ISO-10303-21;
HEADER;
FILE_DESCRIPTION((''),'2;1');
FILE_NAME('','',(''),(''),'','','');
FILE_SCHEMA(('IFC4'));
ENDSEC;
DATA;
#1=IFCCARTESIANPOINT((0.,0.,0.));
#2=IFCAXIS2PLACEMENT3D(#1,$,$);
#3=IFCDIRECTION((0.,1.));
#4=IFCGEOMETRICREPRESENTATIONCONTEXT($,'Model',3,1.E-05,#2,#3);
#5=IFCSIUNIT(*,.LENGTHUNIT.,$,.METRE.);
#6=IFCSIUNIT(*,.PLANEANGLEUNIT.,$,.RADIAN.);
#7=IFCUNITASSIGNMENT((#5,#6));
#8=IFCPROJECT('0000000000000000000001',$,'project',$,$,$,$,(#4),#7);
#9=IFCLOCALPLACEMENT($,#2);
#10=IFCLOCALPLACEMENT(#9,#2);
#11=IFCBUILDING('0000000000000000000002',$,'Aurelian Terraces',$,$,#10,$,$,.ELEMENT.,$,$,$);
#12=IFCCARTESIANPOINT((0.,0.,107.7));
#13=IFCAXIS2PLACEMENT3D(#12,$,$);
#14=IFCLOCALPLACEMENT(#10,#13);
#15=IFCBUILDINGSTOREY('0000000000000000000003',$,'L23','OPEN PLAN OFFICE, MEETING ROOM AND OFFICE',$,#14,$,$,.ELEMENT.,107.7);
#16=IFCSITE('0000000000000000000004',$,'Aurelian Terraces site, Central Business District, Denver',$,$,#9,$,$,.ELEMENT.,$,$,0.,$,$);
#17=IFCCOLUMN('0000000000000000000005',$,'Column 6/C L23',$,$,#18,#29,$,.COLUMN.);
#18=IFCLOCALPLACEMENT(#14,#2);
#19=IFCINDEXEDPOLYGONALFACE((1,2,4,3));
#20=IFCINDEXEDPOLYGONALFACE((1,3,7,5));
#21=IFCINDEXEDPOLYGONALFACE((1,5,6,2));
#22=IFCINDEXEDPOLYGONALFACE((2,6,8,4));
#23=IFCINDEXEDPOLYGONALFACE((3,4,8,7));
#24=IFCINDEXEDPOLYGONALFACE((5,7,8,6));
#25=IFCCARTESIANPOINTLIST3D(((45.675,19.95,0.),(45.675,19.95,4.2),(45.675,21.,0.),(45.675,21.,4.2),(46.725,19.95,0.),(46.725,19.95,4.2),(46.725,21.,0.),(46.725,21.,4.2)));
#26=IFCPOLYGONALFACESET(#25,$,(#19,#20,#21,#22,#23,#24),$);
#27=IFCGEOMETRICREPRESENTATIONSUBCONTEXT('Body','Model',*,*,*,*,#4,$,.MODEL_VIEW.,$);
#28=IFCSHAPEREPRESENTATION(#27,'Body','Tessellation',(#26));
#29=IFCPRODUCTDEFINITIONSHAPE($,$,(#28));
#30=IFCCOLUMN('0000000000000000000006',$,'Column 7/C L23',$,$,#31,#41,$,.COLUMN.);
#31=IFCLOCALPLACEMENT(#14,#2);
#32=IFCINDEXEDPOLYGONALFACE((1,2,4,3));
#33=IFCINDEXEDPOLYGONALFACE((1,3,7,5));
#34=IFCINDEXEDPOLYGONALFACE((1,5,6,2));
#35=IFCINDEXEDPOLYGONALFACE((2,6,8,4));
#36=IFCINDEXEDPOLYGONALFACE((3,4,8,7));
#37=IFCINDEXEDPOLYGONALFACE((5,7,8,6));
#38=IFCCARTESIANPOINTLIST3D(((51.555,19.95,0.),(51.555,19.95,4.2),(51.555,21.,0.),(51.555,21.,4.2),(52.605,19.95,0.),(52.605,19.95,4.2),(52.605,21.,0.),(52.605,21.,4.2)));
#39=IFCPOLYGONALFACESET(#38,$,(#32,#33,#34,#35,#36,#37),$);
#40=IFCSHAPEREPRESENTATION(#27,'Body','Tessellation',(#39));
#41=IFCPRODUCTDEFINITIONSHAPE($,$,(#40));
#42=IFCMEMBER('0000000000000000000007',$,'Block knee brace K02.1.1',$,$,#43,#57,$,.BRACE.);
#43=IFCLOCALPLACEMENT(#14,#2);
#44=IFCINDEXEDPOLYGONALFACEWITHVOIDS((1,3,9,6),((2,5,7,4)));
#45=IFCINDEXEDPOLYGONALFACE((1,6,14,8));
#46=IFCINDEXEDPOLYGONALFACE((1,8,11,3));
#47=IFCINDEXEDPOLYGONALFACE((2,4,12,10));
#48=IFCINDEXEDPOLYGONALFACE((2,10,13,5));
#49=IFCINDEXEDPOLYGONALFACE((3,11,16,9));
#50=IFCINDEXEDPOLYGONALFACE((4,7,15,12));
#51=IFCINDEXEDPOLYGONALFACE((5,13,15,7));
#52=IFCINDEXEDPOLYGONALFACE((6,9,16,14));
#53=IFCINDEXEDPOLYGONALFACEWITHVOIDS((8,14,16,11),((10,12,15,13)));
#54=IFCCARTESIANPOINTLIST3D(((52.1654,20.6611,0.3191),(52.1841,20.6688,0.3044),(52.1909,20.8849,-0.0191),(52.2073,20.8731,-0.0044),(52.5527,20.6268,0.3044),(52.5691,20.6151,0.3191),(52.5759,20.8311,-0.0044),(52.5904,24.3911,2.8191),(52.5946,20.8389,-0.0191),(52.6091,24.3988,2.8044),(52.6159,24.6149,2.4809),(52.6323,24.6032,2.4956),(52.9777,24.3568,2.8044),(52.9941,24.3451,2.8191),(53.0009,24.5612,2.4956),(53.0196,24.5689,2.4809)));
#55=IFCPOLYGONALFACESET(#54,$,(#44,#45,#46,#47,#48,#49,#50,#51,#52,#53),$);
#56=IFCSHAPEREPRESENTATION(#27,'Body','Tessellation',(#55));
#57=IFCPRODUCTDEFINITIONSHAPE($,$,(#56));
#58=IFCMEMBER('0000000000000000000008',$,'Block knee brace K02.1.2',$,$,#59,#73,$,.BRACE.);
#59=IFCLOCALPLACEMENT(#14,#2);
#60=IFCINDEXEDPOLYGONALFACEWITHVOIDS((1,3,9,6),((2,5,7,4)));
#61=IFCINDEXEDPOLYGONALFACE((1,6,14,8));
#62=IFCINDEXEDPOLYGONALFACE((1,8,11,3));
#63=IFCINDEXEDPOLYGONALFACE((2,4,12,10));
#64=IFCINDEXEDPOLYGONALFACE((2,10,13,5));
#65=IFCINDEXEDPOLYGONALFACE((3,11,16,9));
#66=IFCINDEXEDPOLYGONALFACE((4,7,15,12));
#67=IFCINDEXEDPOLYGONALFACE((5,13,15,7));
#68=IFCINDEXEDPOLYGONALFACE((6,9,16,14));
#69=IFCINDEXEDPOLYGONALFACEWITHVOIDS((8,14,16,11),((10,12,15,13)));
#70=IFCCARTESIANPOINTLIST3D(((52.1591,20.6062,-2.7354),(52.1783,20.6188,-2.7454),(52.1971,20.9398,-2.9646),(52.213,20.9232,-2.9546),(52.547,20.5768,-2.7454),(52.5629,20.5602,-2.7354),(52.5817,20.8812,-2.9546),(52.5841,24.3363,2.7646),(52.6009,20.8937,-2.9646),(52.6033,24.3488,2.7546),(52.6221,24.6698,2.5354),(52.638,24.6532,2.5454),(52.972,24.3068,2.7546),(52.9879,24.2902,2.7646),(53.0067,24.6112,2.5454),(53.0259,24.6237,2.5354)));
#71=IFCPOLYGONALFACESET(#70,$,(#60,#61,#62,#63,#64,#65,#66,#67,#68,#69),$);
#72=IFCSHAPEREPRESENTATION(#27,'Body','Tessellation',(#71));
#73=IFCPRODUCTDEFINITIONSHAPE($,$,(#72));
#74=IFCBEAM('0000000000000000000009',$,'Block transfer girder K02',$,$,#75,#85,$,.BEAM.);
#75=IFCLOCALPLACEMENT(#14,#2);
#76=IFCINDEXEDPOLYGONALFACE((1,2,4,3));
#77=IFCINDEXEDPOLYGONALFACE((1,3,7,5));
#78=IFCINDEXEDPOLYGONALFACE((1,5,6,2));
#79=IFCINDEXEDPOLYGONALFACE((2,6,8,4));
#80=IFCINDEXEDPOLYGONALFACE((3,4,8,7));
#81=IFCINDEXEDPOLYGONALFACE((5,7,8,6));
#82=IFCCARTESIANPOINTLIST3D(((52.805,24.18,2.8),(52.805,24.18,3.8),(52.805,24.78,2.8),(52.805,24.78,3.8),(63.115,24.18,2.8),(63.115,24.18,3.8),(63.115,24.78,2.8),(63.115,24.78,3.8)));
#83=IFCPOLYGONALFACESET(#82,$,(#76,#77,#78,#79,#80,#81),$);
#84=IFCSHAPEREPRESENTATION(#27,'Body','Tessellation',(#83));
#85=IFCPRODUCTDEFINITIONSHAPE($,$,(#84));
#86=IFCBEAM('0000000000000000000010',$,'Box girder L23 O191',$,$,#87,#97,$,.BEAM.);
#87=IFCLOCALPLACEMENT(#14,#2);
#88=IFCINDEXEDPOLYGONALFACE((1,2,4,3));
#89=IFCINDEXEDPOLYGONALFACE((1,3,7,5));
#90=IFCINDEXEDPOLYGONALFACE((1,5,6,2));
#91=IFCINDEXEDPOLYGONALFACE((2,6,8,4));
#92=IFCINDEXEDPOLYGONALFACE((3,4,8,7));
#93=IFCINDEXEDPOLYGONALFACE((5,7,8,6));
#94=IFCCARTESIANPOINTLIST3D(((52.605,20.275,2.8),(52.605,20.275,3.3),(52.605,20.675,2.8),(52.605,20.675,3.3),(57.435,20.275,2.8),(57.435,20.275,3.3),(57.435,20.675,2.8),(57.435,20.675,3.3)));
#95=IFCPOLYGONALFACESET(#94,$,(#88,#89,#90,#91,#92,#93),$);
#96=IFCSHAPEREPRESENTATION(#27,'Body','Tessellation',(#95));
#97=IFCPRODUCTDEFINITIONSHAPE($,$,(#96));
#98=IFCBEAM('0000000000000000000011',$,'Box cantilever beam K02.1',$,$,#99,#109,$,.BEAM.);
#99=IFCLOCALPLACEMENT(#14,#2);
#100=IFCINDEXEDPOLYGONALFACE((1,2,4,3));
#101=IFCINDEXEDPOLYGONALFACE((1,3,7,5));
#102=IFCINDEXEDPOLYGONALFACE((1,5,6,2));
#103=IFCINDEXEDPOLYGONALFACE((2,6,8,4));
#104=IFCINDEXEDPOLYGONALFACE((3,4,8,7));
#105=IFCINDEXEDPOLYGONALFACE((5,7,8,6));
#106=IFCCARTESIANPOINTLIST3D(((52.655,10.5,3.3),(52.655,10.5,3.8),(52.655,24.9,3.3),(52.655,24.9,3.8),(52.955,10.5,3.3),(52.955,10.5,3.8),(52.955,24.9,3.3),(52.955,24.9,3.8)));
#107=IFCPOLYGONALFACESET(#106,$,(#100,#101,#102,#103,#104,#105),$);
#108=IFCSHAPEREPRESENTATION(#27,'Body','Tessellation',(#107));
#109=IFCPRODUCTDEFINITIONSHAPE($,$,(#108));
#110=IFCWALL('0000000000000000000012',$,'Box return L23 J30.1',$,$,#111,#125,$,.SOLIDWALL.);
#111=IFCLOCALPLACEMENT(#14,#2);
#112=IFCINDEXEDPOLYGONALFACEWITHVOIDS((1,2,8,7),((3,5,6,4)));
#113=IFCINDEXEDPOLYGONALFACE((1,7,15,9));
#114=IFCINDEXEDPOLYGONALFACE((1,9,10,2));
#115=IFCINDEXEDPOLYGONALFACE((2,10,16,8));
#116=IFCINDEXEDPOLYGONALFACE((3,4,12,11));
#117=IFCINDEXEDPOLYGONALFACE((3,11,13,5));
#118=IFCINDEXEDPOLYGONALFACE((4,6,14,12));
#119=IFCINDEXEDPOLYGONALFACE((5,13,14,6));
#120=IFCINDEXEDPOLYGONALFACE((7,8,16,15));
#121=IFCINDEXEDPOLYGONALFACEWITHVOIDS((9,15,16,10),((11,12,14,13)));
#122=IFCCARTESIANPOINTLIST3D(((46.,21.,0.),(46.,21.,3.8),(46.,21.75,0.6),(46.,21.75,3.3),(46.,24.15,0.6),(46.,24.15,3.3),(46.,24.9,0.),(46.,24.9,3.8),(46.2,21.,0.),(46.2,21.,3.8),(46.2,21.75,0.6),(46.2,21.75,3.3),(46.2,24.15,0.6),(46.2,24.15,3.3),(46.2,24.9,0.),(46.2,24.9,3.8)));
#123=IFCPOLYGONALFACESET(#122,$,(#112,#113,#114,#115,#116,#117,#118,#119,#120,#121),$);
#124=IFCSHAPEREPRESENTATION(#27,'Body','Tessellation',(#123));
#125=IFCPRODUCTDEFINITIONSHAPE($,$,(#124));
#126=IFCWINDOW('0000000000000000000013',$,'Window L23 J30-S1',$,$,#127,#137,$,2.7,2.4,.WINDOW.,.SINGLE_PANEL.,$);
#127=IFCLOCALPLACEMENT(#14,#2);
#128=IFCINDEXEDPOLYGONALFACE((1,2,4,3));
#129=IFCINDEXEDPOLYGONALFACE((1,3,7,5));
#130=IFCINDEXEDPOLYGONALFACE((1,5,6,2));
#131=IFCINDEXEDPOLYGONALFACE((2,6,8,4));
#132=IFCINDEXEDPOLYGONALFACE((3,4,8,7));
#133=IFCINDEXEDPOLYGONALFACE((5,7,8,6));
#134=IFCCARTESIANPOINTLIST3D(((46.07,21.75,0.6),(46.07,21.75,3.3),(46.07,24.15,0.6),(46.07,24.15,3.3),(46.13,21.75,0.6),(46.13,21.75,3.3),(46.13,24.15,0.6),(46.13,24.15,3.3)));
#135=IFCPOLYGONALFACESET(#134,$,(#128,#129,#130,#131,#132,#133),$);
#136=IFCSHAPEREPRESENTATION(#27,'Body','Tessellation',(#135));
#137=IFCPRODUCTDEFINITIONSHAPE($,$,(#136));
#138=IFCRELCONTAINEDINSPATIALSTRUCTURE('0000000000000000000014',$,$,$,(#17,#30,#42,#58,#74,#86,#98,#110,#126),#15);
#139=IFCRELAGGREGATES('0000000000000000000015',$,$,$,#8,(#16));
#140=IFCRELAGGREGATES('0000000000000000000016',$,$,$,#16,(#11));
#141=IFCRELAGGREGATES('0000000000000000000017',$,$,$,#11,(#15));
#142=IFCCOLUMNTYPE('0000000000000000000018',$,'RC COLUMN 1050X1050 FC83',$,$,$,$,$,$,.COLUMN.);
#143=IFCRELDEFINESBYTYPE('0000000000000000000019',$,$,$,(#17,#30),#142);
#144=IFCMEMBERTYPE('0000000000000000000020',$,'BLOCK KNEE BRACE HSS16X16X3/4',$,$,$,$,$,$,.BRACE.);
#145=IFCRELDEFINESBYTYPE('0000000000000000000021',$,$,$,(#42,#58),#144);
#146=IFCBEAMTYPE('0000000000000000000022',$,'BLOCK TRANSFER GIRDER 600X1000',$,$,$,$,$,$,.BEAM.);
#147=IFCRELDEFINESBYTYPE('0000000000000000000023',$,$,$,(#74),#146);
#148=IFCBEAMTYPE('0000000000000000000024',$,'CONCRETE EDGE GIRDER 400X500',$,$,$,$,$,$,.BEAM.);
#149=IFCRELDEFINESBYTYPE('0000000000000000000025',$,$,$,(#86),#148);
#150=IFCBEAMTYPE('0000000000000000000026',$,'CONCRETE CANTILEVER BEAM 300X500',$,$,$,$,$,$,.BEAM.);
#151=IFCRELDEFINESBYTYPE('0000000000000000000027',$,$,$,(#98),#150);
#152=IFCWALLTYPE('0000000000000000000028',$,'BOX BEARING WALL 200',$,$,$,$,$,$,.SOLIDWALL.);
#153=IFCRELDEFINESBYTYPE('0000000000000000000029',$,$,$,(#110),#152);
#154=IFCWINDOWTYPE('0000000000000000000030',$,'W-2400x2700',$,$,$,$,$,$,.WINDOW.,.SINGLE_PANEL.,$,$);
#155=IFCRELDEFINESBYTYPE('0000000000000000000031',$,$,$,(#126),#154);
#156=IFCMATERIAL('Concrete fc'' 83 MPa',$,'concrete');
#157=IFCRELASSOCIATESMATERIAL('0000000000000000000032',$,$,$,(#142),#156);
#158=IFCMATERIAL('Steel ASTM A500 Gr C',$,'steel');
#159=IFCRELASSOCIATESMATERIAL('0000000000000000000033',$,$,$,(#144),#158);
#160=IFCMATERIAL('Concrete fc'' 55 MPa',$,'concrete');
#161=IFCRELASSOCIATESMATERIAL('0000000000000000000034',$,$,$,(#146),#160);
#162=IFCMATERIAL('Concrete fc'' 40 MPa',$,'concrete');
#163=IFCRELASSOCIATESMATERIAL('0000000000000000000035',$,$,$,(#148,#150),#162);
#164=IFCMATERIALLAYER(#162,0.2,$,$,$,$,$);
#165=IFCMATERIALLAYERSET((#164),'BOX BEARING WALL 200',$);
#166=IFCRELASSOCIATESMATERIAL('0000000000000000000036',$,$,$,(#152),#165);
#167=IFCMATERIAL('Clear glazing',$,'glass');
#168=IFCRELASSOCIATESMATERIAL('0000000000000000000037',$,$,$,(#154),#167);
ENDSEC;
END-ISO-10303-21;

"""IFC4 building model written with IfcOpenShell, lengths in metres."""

from ifc_helpers import new_model, si_unit, direction, frame, frame_2d, origin, origin_2d, place, context, subcontext, project, spatial, rectangle, hollow_rectangle, extrude, source, transform, mapped, material, layer, layer_set, material_profile, profile_set, type_object, element, fill, save


model = new_model("IFC4")

# Units and contexts
model_context = context("Model", 3, precision=1e-05, world=origin(), true_north=direction((0.0, 1.0)))
body_context = subcontext(model_context, "Body", "Model", "MODEL_VIEW")
ifc_project = project(units=[si_unit("LENGTHUNIT", "METRE"), si_unit("PLANEANGLEUNIT", "RADIAN")], contexts=[model_context])

# Site, building, storey
site_placement = place(None, origin())
site = spatial("IfcSite", under=ifc_project, at=site_placement, Name="Aurelian Terraces site, Central Business District, Denver", CompositionType="ELEMENT", RefElevation=0.0)
building_placement = place(site_placement, origin())
building = spatial("IfcBuilding", under=site, at=building_placement, Name="Aurelian Terraces", CompositionType="ELEMENT")
storey_placement = place(building_placement, frame((0.0, 0.0, 107.7)))
storey = spatial("IfcBuildingStorey", under=building, at=storey_placement, Name="L23", Description="OPEN PLAN OFFICE, MEETING ROOM AND OFFICE", CompositionType="ELEMENT", Elevation=107.7)

# Columns
ifc_material_1 = material(Name="Concrete fc' 83 MPa", Category="concrete")
ifc_material_profile_1 = material_profile(ifc_material_1, rectangle(XDim=1.05, YDim=1.05, at=origin_2d()))
ifc_profile_set_1 = profile_set([ifc_material_profile_1], Name="Concrete fc' 83 MPa")
column_type = type_object("IfcColumnType", Name="RC COLUMN 1050X1050 FC83", PredefinedType="COLUMN", material=ifc_profile_set_1)
shared_shape_1 = source(origin(), body_context, "Body", "SweptSolid", [
    extrude(rectangle(XDim=1.05, YDim=1.05, at=origin_2d()), origin(), (0.0, 0.0, 1.0), 4.2),
])
for number, where, z_axis, x_axis, name in (
    (1, (46.2, 20.475, 0.0), (0.0, 0.0, 1.0), (1.0, 0.0, 0.0), "Column 6/C L23"),
    (2, (52.08, 20.475, 0.0), (0.0, 0.0, 1.0), (1.0, 0.0, 0.0), "Column 7/C L23"),
):
    element("IfcColumn", number, at=place(storey_placement, frame(where, z_axis=z_axis, x_axis=x_axis)), inside=storey, type_object=column_type, Name=name, PredefinedType="COLUMN", context=body_context, shape_type="MappedRepresentation", body=[
        mapped(shared_shape_1, transform((0.0, 0.0, 0.0), scale=1.0)),
    ])

# Members
ifc_material_2 = material(Name="Steel ASTM A500 Gr C", Category="steel")
ifc_material_profile_2 = material_profile(ifc_material_2, hollow_rectangle(XDim=0.4064, YDim=0.4064, WallThickness=0.0177, at=origin_2d()))
ifc_profile_set_2 = profile_set([ifc_material_profile_2], Name="Steel ASTM A500 Gr C")
member_type = type_object("IfcMemberType", Name="BLOCK KNEE BRACE HSS16X16X3/4", PredefinedType="BRACE", material=ifc_profile_set_2)
member_1_placement = place(storey_placement, frame((52.805, 24.48, 2.65), z_axis=(-0.094227, -0.826981, -0.554277), x_axis=(0.993571, -0.113209, 0.0)))
element("IfcMember", 3, at=member_1_placement, inside=storey, type_object=member_type, Name="Block knee brace K02.1.1", PredefinedType="BRACE", context=body_context, shape_type="SweptSolid", body=[
    extrude(hollow_rectangle(XDim=0.4064, YDim=0.4064, WallThickness=0.0177, at=origin_2d()), origin(), (0.0, 0.0, 1.0), 4.5104),
])
member_2_placement = place(storey_placement, frame((52.805, 24.48, 2.65), z_axis=(-0.063823, -0.560136, -0.825938), x_axis=(0.993571, -0.113209, 0.0)))
element("IfcMember", 4, at=member_2_placement, inside=storey, type_object=member_type, Name="Block knee brace K02.1.2", PredefinedType="BRACE", context=body_context, shape_type="SweptSolid", body=[
    extrude(hollow_rectangle(XDim=0.4064, YDim=0.4064, WallThickness=0.0177, at=origin_2d()), origin(), (0.0, 0.0, 1.0), 6.6591),
])

# Beams
ifc_material_3 = material(Name="Concrete fc' 55 MPa", Category="concrete")
ifc_material_profile_3 = material_profile(ifc_material_3, rectangle(XDim=0.6, YDim=1.0, at=origin_2d()))
ifc_profile_set_3 = profile_set([ifc_material_profile_3], Name="Concrete fc' 55 MPa")
beam_type_1 = type_object("IfcBeamType", Name="BLOCK TRANSFER GIRDER 600X1000", PredefinedType="BEAM", material=ifc_profile_set_3)
beam_1_placement = place(storey_placement, frame((52.805, 24.48, 3.3), z_axis=(1.0, 0.0, 0.0), x_axis=(0.0, 1.0, 0.0)))
element("IfcBeam", 5, at=beam_1_placement, inside=storey, type_object=beam_type_1, Name="Block transfer girder K02", PredefinedType="BEAM", context=body_context, shape_type="SweptSolid", body=[
    extrude(rectangle(XDim=0.6, YDim=1.0, at=origin_2d()), origin(), (0.0, 0.0, 1.0), 10.31),
])
ifc_material_4 = material(Name="Concrete fc' 40 MPa", Category="concrete")
ifc_material_profile_4 = material_profile(ifc_material_4, rectangle(XDim=0.4, YDim=0.5, at=origin_2d()))
ifc_profile_set_4 = profile_set([ifc_material_profile_4], Name="Concrete fc' 40 MPa")
beam_type_2 = type_object("IfcBeamType", Name="CONCRETE EDGE GIRDER 400X500", PredefinedType="BEAM", material=ifc_profile_set_4)
shared_shape_2 = source(origin(), body_context, "Body", "SweptSolid", [
    extrude(rectangle(XDim=0.4, YDim=0.5, at=origin_2d()), origin(), (0.0, 0.0, 1.0), 4.83),
])
beam_2_placement = place(storey_placement, frame((52.605, 20.475, 3.05), z_axis=(1.0, 0.0, 0.0), x_axis=(0.0, 1.0, 0.0)))
element("IfcBeam", 6, at=beam_2_placement, inside=storey, type_object=beam_type_2, Name="Box girder L23 O191", PredefinedType="BEAM", context=body_context, shape_type="MappedRepresentation", body=[
    mapped(shared_shape_2, transform((0.0, 0.0, 0.0), scale=1.0)),
])
ifc_material_profile_5 = material_profile(ifc_material_4, rectangle(XDim=0.3, YDim=0.5, at=origin_2d()))
ifc_profile_set_5 = profile_set([ifc_material_profile_5], Name="Concrete fc' 40 MPa")
beam_type_3 = type_object("IfcBeamType", Name="CONCRETE CANTILEVER BEAM 300X500", PredefinedType="BEAM", material=ifc_profile_set_5)
shared_shape_3 = source(origin(), body_context, "Body", "SweptSolid", [
    extrude(rectangle(XDim=0.3, YDim=0.5, at=origin_2d()), origin(), (0.0, 0.0, 1.0), 14.4),
])
beam_3_placement = place(storey_placement, frame((52.805, 24.9, 3.55), z_axis=(0.0, -1.0, 0.0), x_axis=(1.0, 0.0, 0.0)))
element("IfcBeam", 7, at=beam_3_placement, inside=storey, type_object=beam_type_3, Name="Box cantilever beam K02.1", PredefinedType="BEAM", context=body_context, shape_type="MappedRepresentation", body=[
    mapped(shared_shape_3, transform((0.0, 0.0, 0.0), scale=1.0)),
])

# Wall, opening, window
ifc_layer_1 = layer(ifc_material_4, 0.2)
ifc_layer_set_1 = layer_set([ifc_layer_1], Name="BOX BEARING WALL 200")
wall_type_1 = type_object("IfcWallType", Name="BOX BEARING WALL 200", PredefinedType="SOLIDWALL", material=ifc_layer_set_1)
shared_shape_4 = source(origin(), body_context, "Body", "SweptSolid", [
    extrude(rectangle(XDim=3.9, YDim=0.2, at=frame_2d((1.95, 0.0))), origin(), (0.0, 0.0, 1.0), 3.8),
])
wall_1_placement = place(storey_placement, frame((46.1, 21.0, 0.0), z_axis=(0.0, 0.0, 1.0), x_axis=(0.0, 1.0, 0.0)))
wall_1 = element("IfcWall", 8, at=wall_1_placement, inside=storey, type_object=wall_type_1, Name="Box return L23 J30.1", PredefinedType="SOLIDWALL", context=body_context, shape_type="MappedRepresentation", body=[
    mapped(shared_shape_4, transform((0.0, 0.0, 0.0), scale=1.0)),
])
shared_shape_5 = source(origin(), body_context, "Body", "SweptSolid", [
    extrude(rectangle(XDim=2.4, YDim=2.7, at=frame_2d((1.2, 1.35))), frame((0.0, 0.11, 0.0), z_axis=(0.0, -1.0, 0.0), x_axis=(1.0, 0.0, 0.0)), (0.0, 0.0, 1.0), 0.22),
])
opening_1_placement = place(wall_1_placement, frame((0.75, 0.0, 0.6)))
opening_1 = element("IfcOpeningElement", 9, at=opening_1_placement, cuts=wall_1, PredefinedType="OPENING", context=body_context, shape_type="MappedRepresentation", body=[
    mapped(shared_shape_5, transform((0.0, 0.0, 0.0), scale=1.0)),
])
ifc_material_5 = material(Name="Clear glazing", Category="glass")
window_type_1 = type_object("IfcWindowType", Name="W-2400x2700", PartitioningType="SINGLE_PANEL", PredefinedType="WINDOW", material=ifc_material_5)
shared_shape_6 = source(origin(), body_context, "Body", "SweptSolid", [
    extrude(rectangle(XDim=2.4, YDim=2.7, at=frame_2d((1.2, 1.35))), frame((0.0, 0.03, 0.0), z_axis=(0.0, -1.0, 0.0), x_axis=(1.0, 0.0, 0.0)), (0.0, 0.0, 1.0), 0.06),
])
window_1_placement = place(opening_1_placement, origin())
window_1 = element("IfcWindow", 10, at=window_1_placement, inside=storey, type_object=window_type_1, Name="Window L23 J30-S1", OverallHeight=2.7, OverallWidth=2.4, PartitioningType="SINGLE_PANEL", PredefinedType="WINDOW", context=body_context, shape_type="MappedRepresentation", body=[
    mapped(shared_shape_6, transform((0.0, 0.0, 0.0), scale=1.0)),
])
fill(opening_1, window_1)

save(model, "model.ifc")
